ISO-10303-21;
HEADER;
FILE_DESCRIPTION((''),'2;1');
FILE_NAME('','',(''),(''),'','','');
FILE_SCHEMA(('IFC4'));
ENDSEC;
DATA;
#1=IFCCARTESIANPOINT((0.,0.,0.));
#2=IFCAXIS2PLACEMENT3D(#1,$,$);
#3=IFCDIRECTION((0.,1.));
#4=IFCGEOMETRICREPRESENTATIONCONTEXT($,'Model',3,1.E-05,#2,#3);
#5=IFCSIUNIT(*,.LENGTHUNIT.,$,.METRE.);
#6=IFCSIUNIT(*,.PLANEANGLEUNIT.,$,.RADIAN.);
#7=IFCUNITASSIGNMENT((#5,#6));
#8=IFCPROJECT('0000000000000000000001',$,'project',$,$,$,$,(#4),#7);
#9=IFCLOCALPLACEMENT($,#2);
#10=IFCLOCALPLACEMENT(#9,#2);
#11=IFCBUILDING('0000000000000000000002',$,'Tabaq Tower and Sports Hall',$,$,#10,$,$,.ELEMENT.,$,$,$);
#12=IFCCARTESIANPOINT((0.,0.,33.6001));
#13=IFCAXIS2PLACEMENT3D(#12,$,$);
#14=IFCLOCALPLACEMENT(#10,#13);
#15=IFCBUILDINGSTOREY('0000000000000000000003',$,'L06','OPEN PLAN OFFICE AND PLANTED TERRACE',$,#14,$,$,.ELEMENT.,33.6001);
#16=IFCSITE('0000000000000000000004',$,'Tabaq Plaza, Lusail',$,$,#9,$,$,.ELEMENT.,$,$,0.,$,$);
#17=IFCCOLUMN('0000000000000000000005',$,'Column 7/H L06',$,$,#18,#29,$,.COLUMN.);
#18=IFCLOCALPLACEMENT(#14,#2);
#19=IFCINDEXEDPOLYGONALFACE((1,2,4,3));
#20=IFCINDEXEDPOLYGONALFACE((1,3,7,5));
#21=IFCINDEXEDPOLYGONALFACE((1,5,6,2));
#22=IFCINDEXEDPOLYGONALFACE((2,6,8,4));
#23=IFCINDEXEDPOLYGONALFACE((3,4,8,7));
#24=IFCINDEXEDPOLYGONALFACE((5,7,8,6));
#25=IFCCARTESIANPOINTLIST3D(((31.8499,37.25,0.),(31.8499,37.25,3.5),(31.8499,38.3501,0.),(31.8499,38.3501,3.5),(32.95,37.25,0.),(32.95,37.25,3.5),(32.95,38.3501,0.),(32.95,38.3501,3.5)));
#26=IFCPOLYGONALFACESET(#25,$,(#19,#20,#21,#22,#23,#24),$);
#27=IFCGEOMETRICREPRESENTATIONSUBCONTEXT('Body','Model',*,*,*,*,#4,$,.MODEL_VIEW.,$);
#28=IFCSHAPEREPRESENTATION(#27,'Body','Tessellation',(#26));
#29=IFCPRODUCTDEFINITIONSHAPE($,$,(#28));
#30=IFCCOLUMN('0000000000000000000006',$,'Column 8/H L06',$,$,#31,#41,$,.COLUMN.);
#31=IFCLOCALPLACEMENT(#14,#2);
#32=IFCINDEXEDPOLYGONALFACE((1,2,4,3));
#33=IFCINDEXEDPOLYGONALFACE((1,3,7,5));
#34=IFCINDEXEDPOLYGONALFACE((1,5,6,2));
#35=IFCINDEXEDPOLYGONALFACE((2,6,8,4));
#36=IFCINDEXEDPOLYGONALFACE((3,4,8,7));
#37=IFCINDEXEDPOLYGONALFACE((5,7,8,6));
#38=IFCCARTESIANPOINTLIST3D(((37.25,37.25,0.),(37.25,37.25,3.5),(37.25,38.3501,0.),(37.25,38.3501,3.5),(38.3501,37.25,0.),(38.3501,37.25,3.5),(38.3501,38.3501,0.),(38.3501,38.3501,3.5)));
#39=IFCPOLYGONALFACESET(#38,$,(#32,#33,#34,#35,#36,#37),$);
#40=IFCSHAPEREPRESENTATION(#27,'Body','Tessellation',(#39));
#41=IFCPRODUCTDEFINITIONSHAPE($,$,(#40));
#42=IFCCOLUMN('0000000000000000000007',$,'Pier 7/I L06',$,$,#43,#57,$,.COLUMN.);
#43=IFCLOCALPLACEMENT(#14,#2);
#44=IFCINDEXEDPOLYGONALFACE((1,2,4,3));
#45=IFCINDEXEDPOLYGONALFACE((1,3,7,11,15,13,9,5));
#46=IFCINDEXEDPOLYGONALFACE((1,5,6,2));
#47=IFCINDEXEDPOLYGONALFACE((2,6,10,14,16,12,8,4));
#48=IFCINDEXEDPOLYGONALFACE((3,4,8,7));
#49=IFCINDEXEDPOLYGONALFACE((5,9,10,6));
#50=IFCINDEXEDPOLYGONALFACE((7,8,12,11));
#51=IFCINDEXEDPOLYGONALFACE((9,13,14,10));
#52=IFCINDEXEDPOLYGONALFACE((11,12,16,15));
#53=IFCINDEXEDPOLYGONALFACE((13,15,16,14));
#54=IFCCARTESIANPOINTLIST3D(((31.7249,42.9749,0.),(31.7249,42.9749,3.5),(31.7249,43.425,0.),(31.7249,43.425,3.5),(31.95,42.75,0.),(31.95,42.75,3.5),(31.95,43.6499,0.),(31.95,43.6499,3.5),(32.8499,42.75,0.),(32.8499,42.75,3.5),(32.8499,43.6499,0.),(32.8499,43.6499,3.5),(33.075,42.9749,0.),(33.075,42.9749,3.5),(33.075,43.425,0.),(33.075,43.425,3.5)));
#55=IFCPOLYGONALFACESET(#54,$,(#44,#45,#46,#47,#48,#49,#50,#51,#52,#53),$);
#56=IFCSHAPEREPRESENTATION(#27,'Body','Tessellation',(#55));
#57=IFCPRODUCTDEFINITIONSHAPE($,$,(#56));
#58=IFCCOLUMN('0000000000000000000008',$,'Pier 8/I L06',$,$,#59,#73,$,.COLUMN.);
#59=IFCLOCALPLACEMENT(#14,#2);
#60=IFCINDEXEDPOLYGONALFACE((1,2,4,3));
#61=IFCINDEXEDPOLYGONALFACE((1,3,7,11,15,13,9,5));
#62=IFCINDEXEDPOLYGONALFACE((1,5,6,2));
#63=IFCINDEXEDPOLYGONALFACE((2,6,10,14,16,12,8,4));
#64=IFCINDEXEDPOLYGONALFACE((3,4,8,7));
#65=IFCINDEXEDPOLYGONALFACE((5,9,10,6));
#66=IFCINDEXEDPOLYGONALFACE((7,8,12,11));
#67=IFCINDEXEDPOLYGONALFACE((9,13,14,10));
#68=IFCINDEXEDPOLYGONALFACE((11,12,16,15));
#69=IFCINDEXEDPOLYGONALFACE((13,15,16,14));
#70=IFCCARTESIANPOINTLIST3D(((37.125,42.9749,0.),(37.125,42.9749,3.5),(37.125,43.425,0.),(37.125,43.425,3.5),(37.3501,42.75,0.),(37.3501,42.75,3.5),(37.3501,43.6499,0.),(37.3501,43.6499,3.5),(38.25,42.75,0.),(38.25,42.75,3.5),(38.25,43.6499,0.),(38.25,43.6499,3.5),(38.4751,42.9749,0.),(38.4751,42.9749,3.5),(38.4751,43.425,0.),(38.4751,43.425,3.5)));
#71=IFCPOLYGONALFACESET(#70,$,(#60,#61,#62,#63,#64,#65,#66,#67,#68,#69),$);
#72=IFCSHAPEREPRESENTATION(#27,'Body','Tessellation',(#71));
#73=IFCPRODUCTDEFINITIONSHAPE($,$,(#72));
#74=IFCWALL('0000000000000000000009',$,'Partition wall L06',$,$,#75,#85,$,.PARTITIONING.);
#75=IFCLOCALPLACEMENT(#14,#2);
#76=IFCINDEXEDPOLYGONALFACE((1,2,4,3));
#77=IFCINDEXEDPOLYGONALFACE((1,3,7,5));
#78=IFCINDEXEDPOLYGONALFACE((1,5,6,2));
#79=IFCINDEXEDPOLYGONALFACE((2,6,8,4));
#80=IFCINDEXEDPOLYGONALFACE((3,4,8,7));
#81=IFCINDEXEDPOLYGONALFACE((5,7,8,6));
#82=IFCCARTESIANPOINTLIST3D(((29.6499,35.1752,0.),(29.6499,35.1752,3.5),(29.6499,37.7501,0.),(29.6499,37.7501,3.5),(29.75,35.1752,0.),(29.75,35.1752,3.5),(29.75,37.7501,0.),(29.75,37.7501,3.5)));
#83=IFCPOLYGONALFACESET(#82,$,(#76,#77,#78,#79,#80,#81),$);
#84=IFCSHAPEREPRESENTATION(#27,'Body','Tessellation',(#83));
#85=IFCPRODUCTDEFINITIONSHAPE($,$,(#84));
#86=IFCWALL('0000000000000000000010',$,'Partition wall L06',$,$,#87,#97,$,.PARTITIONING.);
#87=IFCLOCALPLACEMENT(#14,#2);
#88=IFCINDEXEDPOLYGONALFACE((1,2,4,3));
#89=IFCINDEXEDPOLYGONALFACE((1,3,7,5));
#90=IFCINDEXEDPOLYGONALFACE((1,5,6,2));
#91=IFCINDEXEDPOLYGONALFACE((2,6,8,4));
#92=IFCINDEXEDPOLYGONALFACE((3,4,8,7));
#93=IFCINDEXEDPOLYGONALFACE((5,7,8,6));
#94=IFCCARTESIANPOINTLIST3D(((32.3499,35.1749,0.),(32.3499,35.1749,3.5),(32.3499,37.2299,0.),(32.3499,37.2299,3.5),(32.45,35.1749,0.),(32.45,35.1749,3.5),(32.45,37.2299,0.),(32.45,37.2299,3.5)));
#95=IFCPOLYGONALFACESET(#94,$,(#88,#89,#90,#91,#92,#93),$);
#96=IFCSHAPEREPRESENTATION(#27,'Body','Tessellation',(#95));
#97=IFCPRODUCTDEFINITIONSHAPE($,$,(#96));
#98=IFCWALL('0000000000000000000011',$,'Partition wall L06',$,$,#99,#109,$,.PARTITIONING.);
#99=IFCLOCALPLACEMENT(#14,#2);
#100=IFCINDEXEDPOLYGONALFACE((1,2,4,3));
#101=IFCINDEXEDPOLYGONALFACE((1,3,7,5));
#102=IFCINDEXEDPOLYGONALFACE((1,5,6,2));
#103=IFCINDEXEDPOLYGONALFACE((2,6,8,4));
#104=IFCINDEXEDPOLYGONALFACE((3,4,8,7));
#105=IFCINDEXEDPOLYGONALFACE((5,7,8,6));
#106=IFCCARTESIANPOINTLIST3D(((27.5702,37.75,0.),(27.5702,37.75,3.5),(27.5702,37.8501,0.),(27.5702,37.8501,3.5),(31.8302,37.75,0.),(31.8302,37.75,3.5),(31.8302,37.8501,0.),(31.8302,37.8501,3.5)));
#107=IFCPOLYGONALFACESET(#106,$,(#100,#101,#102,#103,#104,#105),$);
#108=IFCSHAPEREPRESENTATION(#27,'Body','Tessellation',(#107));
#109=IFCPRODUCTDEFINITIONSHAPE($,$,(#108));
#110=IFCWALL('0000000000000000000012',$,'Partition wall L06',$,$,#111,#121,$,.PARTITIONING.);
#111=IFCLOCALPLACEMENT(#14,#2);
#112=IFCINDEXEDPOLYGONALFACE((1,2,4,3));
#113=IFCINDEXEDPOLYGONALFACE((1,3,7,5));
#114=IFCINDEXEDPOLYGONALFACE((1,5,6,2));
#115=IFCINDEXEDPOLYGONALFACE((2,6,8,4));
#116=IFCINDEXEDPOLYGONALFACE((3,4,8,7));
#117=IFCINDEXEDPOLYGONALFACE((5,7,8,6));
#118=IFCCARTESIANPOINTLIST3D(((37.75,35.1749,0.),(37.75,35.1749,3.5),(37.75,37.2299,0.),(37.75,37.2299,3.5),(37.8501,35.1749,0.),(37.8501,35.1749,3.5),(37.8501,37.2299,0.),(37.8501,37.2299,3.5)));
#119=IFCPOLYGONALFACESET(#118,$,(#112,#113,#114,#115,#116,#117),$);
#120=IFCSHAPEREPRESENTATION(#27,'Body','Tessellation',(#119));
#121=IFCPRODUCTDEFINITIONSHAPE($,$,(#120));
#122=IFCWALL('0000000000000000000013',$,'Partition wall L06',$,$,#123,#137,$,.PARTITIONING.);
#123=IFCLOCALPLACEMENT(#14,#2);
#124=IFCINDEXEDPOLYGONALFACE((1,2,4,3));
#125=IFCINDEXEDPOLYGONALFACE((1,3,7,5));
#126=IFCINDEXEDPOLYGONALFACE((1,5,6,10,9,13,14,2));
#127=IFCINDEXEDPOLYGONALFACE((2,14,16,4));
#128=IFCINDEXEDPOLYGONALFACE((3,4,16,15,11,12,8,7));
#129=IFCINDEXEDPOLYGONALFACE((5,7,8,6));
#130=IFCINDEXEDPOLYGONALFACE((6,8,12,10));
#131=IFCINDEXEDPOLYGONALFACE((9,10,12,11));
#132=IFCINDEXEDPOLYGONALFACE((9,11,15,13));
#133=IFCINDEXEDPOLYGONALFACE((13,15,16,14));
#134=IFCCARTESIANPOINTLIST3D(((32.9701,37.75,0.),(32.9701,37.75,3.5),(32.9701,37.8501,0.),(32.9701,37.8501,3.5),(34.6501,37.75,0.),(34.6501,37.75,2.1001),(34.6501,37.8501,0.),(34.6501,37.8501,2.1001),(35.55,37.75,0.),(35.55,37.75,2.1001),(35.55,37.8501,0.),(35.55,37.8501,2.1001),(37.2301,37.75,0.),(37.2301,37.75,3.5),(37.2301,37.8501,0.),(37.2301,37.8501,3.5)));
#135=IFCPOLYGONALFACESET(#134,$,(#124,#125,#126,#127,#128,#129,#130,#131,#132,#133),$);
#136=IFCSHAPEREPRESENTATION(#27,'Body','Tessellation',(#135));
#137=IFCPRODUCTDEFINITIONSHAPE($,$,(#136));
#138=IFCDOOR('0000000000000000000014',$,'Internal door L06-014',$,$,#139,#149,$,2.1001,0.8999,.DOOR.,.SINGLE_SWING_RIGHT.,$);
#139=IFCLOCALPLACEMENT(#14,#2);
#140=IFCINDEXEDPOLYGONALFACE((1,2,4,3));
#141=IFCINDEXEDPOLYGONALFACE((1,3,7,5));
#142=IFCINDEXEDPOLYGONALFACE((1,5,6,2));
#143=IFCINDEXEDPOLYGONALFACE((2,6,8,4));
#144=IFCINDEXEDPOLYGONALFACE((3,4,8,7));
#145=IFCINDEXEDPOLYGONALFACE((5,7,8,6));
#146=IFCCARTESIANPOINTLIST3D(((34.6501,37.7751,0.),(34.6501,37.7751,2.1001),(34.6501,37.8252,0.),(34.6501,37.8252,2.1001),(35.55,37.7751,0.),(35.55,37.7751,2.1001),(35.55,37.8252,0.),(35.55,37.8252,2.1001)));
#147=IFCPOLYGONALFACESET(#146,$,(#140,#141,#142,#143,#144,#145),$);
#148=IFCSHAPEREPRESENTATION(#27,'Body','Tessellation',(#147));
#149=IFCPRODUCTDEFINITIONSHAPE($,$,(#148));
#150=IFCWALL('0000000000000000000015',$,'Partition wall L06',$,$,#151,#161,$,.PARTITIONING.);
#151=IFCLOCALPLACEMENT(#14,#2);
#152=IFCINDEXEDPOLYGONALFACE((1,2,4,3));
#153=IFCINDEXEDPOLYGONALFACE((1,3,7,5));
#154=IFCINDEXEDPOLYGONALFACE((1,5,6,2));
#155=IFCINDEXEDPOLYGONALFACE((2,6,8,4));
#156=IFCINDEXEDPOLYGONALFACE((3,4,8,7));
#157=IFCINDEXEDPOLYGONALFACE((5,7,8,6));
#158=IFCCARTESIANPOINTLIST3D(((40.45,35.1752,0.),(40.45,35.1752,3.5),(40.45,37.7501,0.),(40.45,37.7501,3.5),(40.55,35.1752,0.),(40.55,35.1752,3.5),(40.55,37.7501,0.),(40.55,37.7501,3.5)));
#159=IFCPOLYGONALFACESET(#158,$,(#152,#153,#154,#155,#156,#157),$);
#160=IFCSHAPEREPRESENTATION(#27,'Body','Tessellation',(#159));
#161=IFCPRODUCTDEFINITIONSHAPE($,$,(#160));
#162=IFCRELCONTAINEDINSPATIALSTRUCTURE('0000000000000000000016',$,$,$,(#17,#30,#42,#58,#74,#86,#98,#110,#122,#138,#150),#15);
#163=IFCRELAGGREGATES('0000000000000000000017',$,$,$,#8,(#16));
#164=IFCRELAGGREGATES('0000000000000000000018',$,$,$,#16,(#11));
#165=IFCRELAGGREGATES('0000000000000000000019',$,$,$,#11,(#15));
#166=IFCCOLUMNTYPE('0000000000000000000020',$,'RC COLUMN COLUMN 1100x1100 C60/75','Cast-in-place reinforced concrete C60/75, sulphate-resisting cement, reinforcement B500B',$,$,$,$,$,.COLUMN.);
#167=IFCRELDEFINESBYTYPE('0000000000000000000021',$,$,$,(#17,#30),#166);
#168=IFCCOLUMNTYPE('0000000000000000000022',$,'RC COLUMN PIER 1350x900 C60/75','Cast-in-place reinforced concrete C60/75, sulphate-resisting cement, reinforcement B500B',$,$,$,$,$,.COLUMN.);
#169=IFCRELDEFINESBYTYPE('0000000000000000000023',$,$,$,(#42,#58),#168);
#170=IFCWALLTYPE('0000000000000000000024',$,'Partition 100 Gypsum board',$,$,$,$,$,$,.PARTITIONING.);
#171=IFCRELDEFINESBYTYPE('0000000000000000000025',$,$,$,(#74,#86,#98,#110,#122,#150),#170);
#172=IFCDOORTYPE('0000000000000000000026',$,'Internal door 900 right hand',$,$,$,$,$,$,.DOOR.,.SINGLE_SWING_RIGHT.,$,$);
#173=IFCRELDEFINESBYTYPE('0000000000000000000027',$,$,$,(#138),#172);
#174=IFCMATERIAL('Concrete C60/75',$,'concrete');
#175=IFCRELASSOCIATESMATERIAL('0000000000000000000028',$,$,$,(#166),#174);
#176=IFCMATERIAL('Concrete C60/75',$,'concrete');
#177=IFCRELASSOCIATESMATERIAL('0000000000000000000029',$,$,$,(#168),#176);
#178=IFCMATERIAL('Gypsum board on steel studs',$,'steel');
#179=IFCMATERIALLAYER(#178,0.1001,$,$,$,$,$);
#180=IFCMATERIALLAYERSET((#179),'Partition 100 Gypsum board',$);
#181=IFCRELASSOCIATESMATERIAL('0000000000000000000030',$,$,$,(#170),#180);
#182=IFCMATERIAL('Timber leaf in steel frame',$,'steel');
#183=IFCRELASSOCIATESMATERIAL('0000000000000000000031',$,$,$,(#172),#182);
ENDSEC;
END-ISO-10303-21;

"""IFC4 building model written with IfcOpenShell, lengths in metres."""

from ifc_helpers import new_model, si_unit, direction, frame, frame_2d, origin, origin_2d, place, context, subcontext, project, spatial, polyline, rectangle, outline, extrude, material, layer, layer_set, material_profile, profile_set, type_object, element, fill, save


model = new_model("IFC4")

# Units and contexts
model_context = context("Model", 3, precision=1e-05, world=origin(), true_north=direction((0.0, 1.0)))
body_context = subcontext(model_context, "Body", "Model", "MODEL_VIEW")
ifc_project = project(units=[si_unit("LENGTHUNIT", "METRE"), si_unit("PLANEANGLEUNIT", "RADIAN")], contexts=[model_context])

# Site, building, storey
site_placement = place(None, origin())
site = spatial("IfcSite", under=ifc_project, at=site_placement, Name="Tabaq Plaza, Lusail", CompositionType="ELEMENT", RefElevation=0.0)
building_placement = place(site_placement, origin())
building = spatial("IfcBuilding", under=site, at=building_placement, Name="Tabaq Tower and Sports Hall", CompositionType="ELEMENT")
storey_placement = place(building_placement, frame((0.0, 0.0, 33.6001)))
storey = spatial("IfcBuildingStorey", under=building, at=storey_placement, Name="L06", Description="OPEN PLAN OFFICE AND PLANTED TERRACE", CompositionType="ELEMENT", Elevation=33.6001)

# Columns
ifc_material_1 = material(Name="Concrete C60/75", Category="concrete")
ifc_material_profile_1 = material_profile(ifc_material_1, rectangle(XDim=1.1001, YDim=1.1001, at=origin_2d()), Name="COLUMN 1100x1100")
ifc_profile_set_1 = profile_set([ifc_material_profile_1], Name="Concrete C60/75")
column_type_1 = type_object("IfcColumnType", Name="RC COLUMN COLUMN 1100x1100 C60/75", Description="Cast-in-place reinforced concrete C60/75, sulphate-resisting cement, reinforcement B500B", PredefinedType="COLUMN", material=ifc_profile_set_1)
for number, where, z_axis, x_axis, name in (
    (1, (32.3999, 37.8, 0.0), (0.0, 0.0, 1.0), (1.0, 0.0, 0.0), "Column 7/H L06"),
    (2, (37.8, 37.8, 0.0), (0.0, 0.0, 1.0), (1.0, 0.0, 0.0), "Column 8/H L06"),
):
    element("IfcColumn", number, at=place(storey_placement, frame(where, z_axis=z_axis, x_axis=x_axis)), inside=storey, type_object=column_type_1, Name=name, PredefinedType="COLUMN", context=body_context, shape_type="SweptSolid", body=[
        extrude(rectangle(XDim=1.1001, YDim=1.1001, at=origin_2d()), origin(), (0.0, 0.0, 1.0), 3.5),
    ])
ifc_material_2 = material(Name="Concrete C60/75", Category="concrete")
ifc_material_profile_2 = material_profile(ifc_material_2, outline(polyline([(-0.45, -0.45), (0.45, -0.45), (0.675, -0.2251), (0.675, 0.2251), (0.45, 0.45), (-0.45, 0.45), (-0.675, 0.2251), (-0.675, -0.2251), (-0.45, -0.45)])), Name="PIER 1350x900")
ifc_profile_set_2 = profile_set([ifc_material_profile_2], Name="Concrete C60/75")
column_type_2 = type_object("IfcColumnType", Name="RC COLUMN PIER 1350x900 C60/75", Description="Cast-in-place reinforced concrete C60/75, sulphate-resisting cement, reinforcement B500B", PredefinedType="COLUMN", material=ifc_profile_set_2)
for number, where, z_axis, x_axis, name in (
    (3, (32.3999, 43.2, 0.0), (0.0, 0.0, 1.0), (1.0, 0.0, 0.0), "Pier 7/I L06"),
    (4, (37.8, 43.2, 0.0), (0.0, 0.0, 1.0), (1.0, 0.0, 0.0), "Pier 8/I L06"),
):
    element("IfcColumn", number, at=place(storey_placement, frame(where, z_axis=z_axis, x_axis=x_axis)), inside=storey, type_object=column_type_2, Name=name, PredefinedType="COLUMN", context=body_context, shape_type="SweptSolid", body=[
        extrude(outline(polyline([(-0.45, -0.45), (0.45, -0.45), (0.675, -0.2251), (0.675, 0.2251), (0.45, 0.45), (-0.45, 0.45), (-0.675, 0.2251), (-0.675, -0.2251), (-0.45, -0.45)])), origin(), (0.0, 0.0, 1.0), 3.5),
    ])

# Walls
ifc_material_3 = material(Name="Gypsum board on steel studs", Category="steel")
ifc_layer_1 = layer(ifc_material_3, 0.1001)
ifc_layer_set_1 = layer_set([ifc_layer_1], Name="Partition 100 Gypsum board")
wall_type_1 = type_object("IfcWallType", Name="Partition 100 Gypsum board", PredefinedType="PARTITIONING", material=ifc_layer_set_1)
wall_1_placement = place(storey_placement, frame((29.7, 35.175, 0.0), z_axis=(0.0, 0.0, 1.0), x_axis=(0.0, 1.0, 0.0)))
element("IfcWall", 5, at=wall_1_placement, inside=storey, type_object=wall_type_1, Name="Partition wall L06", PredefinedType="PARTITIONING", context=body_context, shape_type="SweptSolid", body=[
    extrude(rectangle(XDim=2.575, YDim=0.1001, at=frame_2d((1.2876, 0.0))), origin(), (0.0, 0.0, 1.0), 3.5),
])
wall_2_placement = place(storey_placement, frame((32.3999, 35.175, 0.0), z_axis=(0.0, 0.0, 1.0), x_axis=(0.0, 1.0, 0.0)))
element("IfcWall", 6, at=wall_2_placement, inside=storey, type_object=wall_type_1, Name="Partition wall L06", PredefinedType="PARTITIONING", context=body_context, shape_type="SweptSolid", body=[
    extrude(rectangle(XDim=2.0549, YDim=0.1001, at=frame_2d((1.0273, 0.0))), origin(), (0.0, 0.0, 1.0), 3.5),
])
wall_3_placement = place(storey_placement, frame((31.8301, 37.8, 0.0), z_axis=(0.0, 0.0, 1.0), x_axis=(-1.0, 0.0, 0.0)))
element("IfcWall", 7, at=wall_3_placement, inside=storey, type_object=wall_type_1, Name="Partition wall L06", PredefinedType="PARTITIONING", context=body_context, shape_type="SweptSolid", body=[
    extrude(rectangle(XDim=4.26, YDim=0.1001, at=frame_2d((2.1299, 0.0))), origin(), (0.0, 0.0, 1.0), 3.5),
])
wall_4_placement = place(storey_placement, frame((37.8, 35.175, 0.0), z_axis=(0.0, 0.0, 1.0), x_axis=(0.0, 1.0, 0.0)))
element("IfcWall", 8, at=wall_4_placement, inside=storey, type_object=wall_type_1, Name="Partition wall L06", PredefinedType="PARTITIONING", context=body_context, shape_type="SweptSolid", body=[
    extrude(rectangle(XDim=2.0549, YDim=0.1001, at=frame_2d((1.0273, 0.0))), origin(), (0.0, 0.0, 1.0), 3.5),
])

# Wall, opening, door
wall_5_placement = place(storey_placement, frame((37.23, 37.8, 0.0), z_axis=(0.0, 0.0, 1.0), x_axis=(-1.0, 0.0, 0.0)))
wall_5 = element("IfcWall", 9, at=wall_5_placement, inside=storey, type_object=wall_type_1, Name="Partition wall L06", PredefinedType="PARTITIONING", context=body_context, shape_type="SweptSolid", body=[
    extrude(rectangle(XDim=4.26, YDim=0.1001, at=frame_2d((2.1299, 0.0))), origin(), (0.0, 0.0, 1.0), 3.5),
])
opening_1_placement = place(wall_5_placement, frame((1.6799, 0.0, 0.0)))
opening_1 = element("IfcOpeningElement", 10, at=opening_1_placement, cuts=wall_5, PredefinedType="OPENING", context=body_context, shape_type="SweptSolid", body=[
    extrude(rectangle(XDim=0.8999, YDim=2.1001, at=frame_2d((0.45, 1.05))), frame((0.0, 0.05, 0.0), z_axis=(0.0, -1.0, 0.0), x_axis=(1.0, 0.0, 0.0)), (0.0, 0.0, 1.0), 0.1001),
])
ifc_material_4 = material(Name="Timber leaf in steel frame", Category="steel")
door_type_1 = type_object("IfcDoorType", Name="Internal door 900 right hand", OperationType="SINGLE_SWING_RIGHT", PredefinedType="DOOR", material=ifc_material_4)
door_1_placement = place(opening_1_placement, origin())
door_1 = element("IfcDoor", 11, at=door_1_placement, inside=storey, type_object=door_type_1, Name="Internal door L06-014", OperationType="SINGLE_SWING_RIGHT", OverallHeight=2.1001, OverallWidth=0.8999, PredefinedType="DOOR", context=body_context, shape_type="SweptSolid", body=[
    extrude(rectangle(XDim=0.8999, YDim=2.1001, at=frame_2d((0.45, 1.05))), frame((0.0, 0.0249, 0.0), z_axis=(0.0, -1.0, 0.0), x_axis=(1.0, 0.0, 0.0)), (0.0, 0.0, 1.0), 0.05),
])
fill(opening_1, door_1)

# Wall
wall_6_placement = place(storey_placement, frame((40.5, 35.175, 0.0), z_axis=(0.0, 0.0, 1.0), x_axis=(0.0, 1.0, 0.0)))
element("IfcWall", 12, at=wall_6_placement, inside=storey, type_object=wall_type_1, Name="Partition wall L06", PredefinedType="PARTITIONING", context=body_context, shape_type="SweptSolid", body=[
    extrude(rectangle(XDim=2.575, YDim=0.1001, at=frame_2d((1.2876, 0.0))), origin(), (0.0, 0.0, 1.0), 3.5),
])

save(model, "model.ifc")
